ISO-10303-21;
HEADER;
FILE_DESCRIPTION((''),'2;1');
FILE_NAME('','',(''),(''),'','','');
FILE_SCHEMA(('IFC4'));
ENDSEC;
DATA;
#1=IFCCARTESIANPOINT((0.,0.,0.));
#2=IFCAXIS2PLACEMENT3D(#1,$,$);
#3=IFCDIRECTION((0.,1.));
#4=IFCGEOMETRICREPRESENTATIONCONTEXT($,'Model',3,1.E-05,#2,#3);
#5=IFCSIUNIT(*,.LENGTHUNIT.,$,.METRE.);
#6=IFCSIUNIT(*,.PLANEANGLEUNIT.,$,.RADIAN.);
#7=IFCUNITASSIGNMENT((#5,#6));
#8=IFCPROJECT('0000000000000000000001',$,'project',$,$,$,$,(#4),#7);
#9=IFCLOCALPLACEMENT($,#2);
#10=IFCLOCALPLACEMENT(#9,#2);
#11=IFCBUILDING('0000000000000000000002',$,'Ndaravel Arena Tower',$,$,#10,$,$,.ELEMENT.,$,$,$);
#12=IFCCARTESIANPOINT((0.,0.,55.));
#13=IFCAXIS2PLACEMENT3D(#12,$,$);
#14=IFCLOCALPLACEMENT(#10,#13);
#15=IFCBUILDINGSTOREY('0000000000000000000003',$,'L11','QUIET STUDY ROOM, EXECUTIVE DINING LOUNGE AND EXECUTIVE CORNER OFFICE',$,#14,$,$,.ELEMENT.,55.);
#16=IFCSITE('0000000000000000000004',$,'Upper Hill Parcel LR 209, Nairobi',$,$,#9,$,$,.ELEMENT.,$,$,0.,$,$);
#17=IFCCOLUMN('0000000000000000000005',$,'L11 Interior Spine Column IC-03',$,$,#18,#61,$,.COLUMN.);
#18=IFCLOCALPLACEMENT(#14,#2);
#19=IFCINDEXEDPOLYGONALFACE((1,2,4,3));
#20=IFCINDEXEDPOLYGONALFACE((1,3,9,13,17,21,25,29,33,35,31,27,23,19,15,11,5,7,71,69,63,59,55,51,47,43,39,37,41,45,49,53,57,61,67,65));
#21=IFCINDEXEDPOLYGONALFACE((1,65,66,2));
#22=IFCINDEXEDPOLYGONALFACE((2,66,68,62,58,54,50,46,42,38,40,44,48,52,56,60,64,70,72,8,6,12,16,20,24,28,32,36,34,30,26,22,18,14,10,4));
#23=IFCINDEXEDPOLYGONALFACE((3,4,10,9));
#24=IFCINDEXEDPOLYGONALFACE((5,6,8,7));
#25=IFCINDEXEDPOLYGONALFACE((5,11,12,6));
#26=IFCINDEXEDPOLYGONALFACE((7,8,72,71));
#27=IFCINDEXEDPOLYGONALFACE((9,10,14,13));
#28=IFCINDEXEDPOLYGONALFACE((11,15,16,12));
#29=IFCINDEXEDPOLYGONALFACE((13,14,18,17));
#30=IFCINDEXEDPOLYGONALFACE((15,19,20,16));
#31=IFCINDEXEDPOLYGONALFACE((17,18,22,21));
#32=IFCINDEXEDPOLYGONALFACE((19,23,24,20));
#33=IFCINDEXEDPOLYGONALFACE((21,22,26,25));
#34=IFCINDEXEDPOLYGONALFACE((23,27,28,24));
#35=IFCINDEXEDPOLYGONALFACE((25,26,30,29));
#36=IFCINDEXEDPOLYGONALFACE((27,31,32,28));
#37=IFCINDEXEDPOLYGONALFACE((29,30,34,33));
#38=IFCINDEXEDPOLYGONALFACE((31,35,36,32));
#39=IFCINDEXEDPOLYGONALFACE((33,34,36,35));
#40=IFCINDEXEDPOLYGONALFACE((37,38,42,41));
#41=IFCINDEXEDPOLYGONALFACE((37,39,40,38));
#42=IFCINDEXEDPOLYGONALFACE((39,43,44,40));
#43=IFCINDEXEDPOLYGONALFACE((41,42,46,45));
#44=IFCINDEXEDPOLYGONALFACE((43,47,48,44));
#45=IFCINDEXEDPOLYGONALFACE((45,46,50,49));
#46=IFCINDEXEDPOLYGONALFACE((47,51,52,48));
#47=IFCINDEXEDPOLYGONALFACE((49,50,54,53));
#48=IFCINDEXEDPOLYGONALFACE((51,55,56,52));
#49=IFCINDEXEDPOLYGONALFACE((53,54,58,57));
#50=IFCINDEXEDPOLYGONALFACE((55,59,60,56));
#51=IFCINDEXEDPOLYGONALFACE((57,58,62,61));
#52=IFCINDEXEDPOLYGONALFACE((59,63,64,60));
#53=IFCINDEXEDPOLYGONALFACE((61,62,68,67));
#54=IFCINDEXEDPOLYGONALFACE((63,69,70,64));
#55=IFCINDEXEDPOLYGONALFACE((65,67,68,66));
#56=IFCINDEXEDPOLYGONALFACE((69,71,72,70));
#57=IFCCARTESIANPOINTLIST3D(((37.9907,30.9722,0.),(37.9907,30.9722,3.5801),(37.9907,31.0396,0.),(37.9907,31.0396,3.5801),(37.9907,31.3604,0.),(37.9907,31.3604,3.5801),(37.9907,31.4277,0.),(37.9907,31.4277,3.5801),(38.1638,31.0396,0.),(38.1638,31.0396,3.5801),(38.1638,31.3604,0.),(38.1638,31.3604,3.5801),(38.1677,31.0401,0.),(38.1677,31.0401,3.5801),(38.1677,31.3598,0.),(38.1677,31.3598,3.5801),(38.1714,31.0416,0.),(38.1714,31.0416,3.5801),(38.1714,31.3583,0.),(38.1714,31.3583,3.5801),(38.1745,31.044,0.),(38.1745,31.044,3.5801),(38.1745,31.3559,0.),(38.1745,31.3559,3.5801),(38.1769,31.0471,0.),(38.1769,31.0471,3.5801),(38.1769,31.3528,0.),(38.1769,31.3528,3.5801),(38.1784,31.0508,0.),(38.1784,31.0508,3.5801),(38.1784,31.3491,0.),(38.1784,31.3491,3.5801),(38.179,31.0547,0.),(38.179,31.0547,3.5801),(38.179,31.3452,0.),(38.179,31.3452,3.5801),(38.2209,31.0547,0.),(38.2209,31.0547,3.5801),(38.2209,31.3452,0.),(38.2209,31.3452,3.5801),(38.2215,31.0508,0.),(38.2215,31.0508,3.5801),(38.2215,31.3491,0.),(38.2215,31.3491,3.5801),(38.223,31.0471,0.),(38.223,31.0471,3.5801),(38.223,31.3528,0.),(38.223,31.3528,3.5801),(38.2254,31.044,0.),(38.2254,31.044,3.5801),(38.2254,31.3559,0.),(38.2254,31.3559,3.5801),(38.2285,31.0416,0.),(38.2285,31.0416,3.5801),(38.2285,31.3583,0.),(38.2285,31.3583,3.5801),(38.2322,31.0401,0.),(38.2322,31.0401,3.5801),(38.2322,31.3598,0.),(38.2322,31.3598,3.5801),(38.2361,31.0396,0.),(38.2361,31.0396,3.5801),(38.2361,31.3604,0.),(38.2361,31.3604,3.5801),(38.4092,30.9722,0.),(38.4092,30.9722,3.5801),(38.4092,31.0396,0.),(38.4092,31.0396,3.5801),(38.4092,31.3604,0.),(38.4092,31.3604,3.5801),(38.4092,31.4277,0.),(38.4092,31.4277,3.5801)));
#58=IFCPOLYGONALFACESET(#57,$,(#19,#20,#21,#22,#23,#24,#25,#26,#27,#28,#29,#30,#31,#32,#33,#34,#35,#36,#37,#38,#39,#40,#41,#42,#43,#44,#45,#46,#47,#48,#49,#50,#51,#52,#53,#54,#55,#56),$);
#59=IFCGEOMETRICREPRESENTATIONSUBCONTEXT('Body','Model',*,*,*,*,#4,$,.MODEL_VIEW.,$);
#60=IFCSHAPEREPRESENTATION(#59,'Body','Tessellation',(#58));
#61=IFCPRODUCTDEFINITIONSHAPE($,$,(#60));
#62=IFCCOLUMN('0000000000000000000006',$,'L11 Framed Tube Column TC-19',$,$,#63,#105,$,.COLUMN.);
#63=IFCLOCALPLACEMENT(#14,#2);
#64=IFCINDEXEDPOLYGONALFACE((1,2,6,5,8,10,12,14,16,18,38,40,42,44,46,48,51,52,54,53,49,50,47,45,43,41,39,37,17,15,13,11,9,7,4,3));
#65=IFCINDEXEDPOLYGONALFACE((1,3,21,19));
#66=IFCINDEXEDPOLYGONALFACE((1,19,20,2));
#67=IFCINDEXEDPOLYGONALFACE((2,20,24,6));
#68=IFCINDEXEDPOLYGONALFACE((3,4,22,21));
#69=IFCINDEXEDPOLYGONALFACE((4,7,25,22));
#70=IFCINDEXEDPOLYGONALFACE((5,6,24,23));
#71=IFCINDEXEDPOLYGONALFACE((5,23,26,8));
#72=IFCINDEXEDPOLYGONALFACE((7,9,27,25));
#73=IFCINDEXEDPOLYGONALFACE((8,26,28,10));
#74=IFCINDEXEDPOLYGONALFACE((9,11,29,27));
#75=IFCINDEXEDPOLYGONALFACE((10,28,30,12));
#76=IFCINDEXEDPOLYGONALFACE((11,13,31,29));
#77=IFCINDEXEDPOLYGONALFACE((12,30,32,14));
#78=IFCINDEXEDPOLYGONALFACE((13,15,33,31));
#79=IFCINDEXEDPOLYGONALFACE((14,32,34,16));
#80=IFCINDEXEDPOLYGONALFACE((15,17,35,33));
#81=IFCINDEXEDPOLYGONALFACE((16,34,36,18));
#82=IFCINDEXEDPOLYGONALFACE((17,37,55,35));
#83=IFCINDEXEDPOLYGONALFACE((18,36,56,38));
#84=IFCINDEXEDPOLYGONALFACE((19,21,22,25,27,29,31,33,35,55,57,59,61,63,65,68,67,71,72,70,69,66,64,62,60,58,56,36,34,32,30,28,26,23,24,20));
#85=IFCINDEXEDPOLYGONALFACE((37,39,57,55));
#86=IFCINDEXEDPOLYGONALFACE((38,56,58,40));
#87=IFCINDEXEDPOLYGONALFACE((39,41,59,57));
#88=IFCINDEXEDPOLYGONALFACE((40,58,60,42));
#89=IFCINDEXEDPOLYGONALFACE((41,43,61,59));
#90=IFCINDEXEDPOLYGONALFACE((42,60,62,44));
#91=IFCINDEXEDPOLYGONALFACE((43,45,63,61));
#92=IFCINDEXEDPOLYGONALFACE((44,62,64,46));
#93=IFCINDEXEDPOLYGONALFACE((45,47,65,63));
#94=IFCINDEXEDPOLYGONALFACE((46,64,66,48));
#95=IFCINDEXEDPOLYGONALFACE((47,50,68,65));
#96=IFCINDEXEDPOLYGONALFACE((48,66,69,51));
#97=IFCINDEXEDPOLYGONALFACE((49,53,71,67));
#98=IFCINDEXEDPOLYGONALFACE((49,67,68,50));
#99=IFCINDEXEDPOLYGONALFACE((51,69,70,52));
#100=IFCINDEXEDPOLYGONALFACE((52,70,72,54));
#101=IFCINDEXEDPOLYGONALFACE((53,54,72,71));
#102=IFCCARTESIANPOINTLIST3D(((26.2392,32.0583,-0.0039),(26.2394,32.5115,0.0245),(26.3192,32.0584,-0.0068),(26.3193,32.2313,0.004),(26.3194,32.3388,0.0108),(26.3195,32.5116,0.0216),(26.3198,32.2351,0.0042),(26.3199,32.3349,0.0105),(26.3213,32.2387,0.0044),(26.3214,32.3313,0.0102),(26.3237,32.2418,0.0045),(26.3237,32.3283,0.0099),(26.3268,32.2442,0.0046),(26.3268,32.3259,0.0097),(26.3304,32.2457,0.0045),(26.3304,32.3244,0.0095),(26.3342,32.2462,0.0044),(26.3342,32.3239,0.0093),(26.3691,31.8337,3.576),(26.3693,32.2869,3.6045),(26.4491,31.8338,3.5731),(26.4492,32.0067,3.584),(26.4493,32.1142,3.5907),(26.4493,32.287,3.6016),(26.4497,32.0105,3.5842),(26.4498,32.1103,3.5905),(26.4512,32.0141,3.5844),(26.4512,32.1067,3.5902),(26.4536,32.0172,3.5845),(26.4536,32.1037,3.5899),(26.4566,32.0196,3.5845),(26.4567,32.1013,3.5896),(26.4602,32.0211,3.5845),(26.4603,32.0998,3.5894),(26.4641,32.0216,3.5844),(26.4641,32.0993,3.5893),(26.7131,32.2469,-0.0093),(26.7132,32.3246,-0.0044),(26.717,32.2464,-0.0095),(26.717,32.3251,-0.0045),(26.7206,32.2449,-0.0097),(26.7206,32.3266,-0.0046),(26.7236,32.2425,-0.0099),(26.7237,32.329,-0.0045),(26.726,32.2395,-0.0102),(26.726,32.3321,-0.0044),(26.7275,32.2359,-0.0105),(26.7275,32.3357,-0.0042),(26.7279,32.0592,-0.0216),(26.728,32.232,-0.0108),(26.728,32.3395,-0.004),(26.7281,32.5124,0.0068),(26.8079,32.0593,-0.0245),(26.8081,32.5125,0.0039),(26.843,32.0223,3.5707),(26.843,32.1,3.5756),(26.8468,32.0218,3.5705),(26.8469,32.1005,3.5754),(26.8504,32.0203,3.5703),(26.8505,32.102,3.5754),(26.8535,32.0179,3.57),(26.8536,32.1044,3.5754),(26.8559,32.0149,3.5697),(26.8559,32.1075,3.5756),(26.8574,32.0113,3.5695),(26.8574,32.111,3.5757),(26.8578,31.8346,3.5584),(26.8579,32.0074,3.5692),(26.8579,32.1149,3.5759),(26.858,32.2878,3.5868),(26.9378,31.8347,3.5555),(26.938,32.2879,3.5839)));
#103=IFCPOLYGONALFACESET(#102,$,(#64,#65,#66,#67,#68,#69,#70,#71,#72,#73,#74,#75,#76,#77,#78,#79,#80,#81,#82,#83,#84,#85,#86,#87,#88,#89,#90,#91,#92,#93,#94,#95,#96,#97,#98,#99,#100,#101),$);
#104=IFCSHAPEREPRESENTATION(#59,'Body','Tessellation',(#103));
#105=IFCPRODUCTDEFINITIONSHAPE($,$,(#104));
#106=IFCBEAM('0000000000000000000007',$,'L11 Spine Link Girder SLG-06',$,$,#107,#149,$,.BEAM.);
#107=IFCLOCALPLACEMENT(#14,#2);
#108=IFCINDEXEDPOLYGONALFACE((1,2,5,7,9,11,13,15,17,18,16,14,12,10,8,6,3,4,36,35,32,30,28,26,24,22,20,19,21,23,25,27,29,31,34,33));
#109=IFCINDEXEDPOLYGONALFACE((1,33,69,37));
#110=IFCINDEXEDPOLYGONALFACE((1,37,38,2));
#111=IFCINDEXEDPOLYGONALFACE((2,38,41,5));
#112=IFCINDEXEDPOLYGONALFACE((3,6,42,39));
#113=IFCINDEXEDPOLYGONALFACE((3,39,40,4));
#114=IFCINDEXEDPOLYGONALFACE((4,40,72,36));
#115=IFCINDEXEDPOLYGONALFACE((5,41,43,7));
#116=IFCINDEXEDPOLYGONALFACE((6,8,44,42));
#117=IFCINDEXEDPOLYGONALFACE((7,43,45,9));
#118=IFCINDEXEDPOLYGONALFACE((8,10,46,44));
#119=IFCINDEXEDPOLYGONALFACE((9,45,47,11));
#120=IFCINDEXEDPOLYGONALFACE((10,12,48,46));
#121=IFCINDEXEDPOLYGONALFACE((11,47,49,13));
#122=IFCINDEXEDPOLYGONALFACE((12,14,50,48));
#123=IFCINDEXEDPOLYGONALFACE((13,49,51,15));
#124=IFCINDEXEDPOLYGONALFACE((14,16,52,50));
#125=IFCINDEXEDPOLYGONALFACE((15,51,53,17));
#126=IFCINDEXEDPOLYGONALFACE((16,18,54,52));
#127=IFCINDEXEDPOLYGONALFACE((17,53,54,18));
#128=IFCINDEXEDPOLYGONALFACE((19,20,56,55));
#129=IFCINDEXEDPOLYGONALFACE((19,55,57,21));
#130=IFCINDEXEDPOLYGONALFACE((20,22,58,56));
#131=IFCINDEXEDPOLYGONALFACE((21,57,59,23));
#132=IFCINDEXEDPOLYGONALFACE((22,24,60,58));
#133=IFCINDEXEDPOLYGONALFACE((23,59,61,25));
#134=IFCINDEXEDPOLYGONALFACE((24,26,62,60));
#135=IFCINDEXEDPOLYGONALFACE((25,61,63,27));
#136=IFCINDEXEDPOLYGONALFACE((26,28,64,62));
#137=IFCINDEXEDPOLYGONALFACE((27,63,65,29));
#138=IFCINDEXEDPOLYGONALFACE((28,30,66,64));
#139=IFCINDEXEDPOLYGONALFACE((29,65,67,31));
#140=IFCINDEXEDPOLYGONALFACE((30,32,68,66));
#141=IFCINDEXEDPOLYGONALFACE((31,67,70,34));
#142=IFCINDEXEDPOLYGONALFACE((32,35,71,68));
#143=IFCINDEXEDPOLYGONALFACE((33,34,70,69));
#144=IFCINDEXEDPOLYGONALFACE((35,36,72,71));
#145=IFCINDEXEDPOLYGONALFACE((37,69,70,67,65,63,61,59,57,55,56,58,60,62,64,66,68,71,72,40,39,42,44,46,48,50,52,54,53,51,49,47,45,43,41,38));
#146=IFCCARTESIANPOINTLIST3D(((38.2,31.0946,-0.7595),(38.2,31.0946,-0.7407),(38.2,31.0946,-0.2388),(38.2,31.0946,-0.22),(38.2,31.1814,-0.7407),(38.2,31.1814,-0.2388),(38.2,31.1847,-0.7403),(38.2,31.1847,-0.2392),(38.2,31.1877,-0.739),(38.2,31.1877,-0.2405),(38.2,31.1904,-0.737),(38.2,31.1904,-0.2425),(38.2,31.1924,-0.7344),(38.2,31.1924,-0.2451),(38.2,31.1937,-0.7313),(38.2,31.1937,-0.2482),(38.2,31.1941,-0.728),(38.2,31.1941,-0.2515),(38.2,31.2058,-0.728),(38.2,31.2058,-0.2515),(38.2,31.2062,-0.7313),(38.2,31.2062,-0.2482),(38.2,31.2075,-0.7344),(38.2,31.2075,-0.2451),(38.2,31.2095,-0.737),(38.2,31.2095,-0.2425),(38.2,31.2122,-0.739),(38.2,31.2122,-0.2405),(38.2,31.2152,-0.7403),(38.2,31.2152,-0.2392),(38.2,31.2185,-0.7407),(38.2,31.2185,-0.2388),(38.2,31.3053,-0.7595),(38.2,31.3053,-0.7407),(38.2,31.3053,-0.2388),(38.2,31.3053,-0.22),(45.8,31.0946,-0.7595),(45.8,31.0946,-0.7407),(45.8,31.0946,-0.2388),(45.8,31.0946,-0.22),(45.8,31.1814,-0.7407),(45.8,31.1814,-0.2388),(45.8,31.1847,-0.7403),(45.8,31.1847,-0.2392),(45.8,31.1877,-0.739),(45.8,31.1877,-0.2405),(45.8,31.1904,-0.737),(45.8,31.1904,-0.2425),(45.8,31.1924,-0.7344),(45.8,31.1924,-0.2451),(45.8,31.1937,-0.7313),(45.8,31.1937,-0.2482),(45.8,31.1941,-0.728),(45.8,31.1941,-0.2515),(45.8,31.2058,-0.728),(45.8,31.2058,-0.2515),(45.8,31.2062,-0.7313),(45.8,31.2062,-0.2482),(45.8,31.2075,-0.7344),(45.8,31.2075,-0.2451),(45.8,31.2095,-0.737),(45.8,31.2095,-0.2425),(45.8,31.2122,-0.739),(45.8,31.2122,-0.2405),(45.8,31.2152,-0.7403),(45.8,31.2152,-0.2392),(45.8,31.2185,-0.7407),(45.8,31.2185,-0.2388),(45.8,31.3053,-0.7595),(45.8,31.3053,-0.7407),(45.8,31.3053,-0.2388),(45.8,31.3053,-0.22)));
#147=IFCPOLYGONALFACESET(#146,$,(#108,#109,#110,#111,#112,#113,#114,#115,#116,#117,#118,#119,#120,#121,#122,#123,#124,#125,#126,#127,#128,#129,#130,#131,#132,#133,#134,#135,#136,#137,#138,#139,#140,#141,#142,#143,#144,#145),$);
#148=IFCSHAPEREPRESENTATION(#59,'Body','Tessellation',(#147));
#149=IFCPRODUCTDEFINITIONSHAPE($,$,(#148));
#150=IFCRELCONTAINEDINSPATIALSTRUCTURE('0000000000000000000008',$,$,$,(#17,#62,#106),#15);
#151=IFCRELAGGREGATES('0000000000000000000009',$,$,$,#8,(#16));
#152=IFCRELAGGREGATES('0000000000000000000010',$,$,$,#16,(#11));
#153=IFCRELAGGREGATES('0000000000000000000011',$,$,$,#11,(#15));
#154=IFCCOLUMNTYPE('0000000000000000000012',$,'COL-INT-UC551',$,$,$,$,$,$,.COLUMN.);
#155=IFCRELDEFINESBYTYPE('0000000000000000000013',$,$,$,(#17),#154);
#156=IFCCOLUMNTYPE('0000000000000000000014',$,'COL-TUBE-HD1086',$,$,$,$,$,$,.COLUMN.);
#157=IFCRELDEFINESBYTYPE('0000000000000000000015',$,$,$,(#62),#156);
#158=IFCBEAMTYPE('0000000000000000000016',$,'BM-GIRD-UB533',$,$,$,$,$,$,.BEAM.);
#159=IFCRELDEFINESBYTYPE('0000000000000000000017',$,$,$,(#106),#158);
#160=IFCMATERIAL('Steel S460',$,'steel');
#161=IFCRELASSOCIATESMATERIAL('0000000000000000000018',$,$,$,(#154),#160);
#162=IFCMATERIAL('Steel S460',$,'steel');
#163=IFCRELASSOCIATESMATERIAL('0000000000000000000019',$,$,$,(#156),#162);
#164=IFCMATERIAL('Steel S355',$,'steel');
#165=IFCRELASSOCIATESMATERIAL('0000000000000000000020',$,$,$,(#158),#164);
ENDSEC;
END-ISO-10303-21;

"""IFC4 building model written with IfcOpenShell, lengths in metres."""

from ifc_helpers import new_model, si_unit, direction, frame, origin, origin_2d, place, context, subcontext, project, spatial, i_section, extrude, material, material_profile, profile_set, type_object, element, save


model = new_model("IFC4")

# Units and contexts
model_context = context("Model", 3, precision=1e-05, world=origin(), true_north=direction((0.0, 1.0)))
body_context = subcontext(model_context, "Body", "Model", "MODEL_VIEW")
ifc_project = project(units=[si_unit("LENGTHUNIT", "METRE"), si_unit("PLANEANGLEUNIT", "RADIAN")], contexts=[model_context])

# Site, building, storey
site_placement = place(None, origin())
site = spatial("IfcSite", under=ifc_project, at=site_placement, Name="Upper Hill Parcel LR 209, Nairobi", CompositionType="ELEMENT", RefElevation=0.0)
building_placement = place(site_placement, origin())
building = spatial("IfcBuilding", under=site, at=building_placement, Name="Ndaravel Arena Tower", CompositionType="ELEMENT")
storey_placement = place(building_placement, frame((0.0, 0.0, 55.0)))
storey = spatial("IfcBuildingStorey", under=building, at=storey_placement, Name="L11", Description="QUIET STUDY ROOM, EXECUTIVE DINING LOUNGE AND EXECUTIVE CORNER OFFICE", CompositionType="ELEMENT", Elevation=55.0)

# Columns
ifc_material_1 = material(Name="Steel S460", Category="steel")
ifc_material_profile_1 = material_profile(ifc_material_1, i_section(OverallWidth=0.4185, OverallDepth=0.4556, WebThickness=0.042, FlangeThickness=0.0674, FilletRadius=0.0151, at=origin_2d()), Name="UC 356x406x551")
ifc_profile_set_1 = profile_set([ifc_material_profile_1], Name="Steel S460")
column_type_1 = type_object("IfcColumnType", Name="COL-INT-UC551", PredefinedType="COLUMN", material=ifc_profile_set_1)
column_1_placement = place(storey_placement, frame((38.2, 31.2, 0.0), z_axis=(0.0, 0.0, 1.0), x_axis=(1.0, 0.0, 0.0)))
element("IfcColumn", 1, at=column_1_placement, inside=storey, type_object=column_type_1, Name="L11 Interior Spine Column IC-03", PredefinedType="COLUMN", context=body_context, shape_type="SweptSolid", body=[
    extrude(i_section(OverallWidth=0.4185, OverallDepth=0.4556, WebThickness=0.042, FlangeThickness=0.0674, FilletRadius=0.0151, at=origin_2d()), origin(), (0.0, 0.0, 1.0), 3.5801),
])
ifc_material_2 = material(Name="Steel S460", Category="steel")
ifc_material_profile_2 = material_profile(ifc_material_2, i_section(OverallWidth=0.4541, OverallDepth=0.5691, WebThickness=0.0779, FlangeThickness=0.0801, FilletRadius=0.0149, at=origin_2d()), Name="HD 400x1086")
ifc_profile_set_2 = profile_set([ifc_material_profile_2], Name="Steel S460")
column_type_2 = type_object("IfcColumnType", Name="COL-TUBE-HD1086", PredefinedType="COLUMN", material=ifc_profile_set_2)
column_2_placement = place(storey_placement, frame((26.5237, 32.2854, 0.0), z_axis=(0.036184, -0.062575, 0.997384), x_axis=(0.000451, 0.998039, 0.062599)))
element("IfcColumn", 2, at=column_2_placement, inside=storey, type_object=column_type_2, Name="L11 Framed Tube Column TC-19", PredefinedType="COLUMN", context=body_context, shape_type="SweptSolid", body=[
    extrude(i_section(OverallWidth=0.4541, OverallDepth=0.5691, WebThickness=0.0779, FlangeThickness=0.0801, FilletRadius=0.0149, at=origin_2d()), origin(), (0.0, 0.0, 1.0), 3.5894),
])

# Beam
ifc_material_3 = material(Name="Steel S355", Category="steel")
ifc_material_profile_3 = material_profile(ifc_material_3, i_section(OverallWidth=0.2107, OverallDepth=0.5396, WebThickness=0.0117, FlangeThickness=0.0188, FilletRadius=0.0127, at=origin_2d()), Name="UB 533x210x109")
ifc_profile_set_3 = profile_set([ifc_material_profile_3], Name="Steel S355")
beam_type_1 = type_object("IfcBeamType", Name="BM-GIRD-UB533", PredefinedType="BEAM", material=ifc_profile_set_3)
beam_1_placement = place(storey_placement, frame((38.2, 31.2, -0.4897), z_axis=(1.0, 0.0, 0.0), x_axis=(0.0, 1.0, 0.0)))
element("IfcBeam", 3, at=beam_1_placement, inside=storey, type_object=beam_type_1, Name="L11 Spine Link Girder SLG-06", PredefinedType="BEAM", context=body_context, shape_type="SweptSolid", body=[
    extrude(i_section(OverallWidth=0.2107, OverallDepth=0.5396, WebThickness=0.0117, FlangeThickness=0.0188, FilletRadius=0.0127, at=origin_2d()), origin(), (0.0, 0.0, 1.0), 7.6001),
])

save(model, "model.ifc")
